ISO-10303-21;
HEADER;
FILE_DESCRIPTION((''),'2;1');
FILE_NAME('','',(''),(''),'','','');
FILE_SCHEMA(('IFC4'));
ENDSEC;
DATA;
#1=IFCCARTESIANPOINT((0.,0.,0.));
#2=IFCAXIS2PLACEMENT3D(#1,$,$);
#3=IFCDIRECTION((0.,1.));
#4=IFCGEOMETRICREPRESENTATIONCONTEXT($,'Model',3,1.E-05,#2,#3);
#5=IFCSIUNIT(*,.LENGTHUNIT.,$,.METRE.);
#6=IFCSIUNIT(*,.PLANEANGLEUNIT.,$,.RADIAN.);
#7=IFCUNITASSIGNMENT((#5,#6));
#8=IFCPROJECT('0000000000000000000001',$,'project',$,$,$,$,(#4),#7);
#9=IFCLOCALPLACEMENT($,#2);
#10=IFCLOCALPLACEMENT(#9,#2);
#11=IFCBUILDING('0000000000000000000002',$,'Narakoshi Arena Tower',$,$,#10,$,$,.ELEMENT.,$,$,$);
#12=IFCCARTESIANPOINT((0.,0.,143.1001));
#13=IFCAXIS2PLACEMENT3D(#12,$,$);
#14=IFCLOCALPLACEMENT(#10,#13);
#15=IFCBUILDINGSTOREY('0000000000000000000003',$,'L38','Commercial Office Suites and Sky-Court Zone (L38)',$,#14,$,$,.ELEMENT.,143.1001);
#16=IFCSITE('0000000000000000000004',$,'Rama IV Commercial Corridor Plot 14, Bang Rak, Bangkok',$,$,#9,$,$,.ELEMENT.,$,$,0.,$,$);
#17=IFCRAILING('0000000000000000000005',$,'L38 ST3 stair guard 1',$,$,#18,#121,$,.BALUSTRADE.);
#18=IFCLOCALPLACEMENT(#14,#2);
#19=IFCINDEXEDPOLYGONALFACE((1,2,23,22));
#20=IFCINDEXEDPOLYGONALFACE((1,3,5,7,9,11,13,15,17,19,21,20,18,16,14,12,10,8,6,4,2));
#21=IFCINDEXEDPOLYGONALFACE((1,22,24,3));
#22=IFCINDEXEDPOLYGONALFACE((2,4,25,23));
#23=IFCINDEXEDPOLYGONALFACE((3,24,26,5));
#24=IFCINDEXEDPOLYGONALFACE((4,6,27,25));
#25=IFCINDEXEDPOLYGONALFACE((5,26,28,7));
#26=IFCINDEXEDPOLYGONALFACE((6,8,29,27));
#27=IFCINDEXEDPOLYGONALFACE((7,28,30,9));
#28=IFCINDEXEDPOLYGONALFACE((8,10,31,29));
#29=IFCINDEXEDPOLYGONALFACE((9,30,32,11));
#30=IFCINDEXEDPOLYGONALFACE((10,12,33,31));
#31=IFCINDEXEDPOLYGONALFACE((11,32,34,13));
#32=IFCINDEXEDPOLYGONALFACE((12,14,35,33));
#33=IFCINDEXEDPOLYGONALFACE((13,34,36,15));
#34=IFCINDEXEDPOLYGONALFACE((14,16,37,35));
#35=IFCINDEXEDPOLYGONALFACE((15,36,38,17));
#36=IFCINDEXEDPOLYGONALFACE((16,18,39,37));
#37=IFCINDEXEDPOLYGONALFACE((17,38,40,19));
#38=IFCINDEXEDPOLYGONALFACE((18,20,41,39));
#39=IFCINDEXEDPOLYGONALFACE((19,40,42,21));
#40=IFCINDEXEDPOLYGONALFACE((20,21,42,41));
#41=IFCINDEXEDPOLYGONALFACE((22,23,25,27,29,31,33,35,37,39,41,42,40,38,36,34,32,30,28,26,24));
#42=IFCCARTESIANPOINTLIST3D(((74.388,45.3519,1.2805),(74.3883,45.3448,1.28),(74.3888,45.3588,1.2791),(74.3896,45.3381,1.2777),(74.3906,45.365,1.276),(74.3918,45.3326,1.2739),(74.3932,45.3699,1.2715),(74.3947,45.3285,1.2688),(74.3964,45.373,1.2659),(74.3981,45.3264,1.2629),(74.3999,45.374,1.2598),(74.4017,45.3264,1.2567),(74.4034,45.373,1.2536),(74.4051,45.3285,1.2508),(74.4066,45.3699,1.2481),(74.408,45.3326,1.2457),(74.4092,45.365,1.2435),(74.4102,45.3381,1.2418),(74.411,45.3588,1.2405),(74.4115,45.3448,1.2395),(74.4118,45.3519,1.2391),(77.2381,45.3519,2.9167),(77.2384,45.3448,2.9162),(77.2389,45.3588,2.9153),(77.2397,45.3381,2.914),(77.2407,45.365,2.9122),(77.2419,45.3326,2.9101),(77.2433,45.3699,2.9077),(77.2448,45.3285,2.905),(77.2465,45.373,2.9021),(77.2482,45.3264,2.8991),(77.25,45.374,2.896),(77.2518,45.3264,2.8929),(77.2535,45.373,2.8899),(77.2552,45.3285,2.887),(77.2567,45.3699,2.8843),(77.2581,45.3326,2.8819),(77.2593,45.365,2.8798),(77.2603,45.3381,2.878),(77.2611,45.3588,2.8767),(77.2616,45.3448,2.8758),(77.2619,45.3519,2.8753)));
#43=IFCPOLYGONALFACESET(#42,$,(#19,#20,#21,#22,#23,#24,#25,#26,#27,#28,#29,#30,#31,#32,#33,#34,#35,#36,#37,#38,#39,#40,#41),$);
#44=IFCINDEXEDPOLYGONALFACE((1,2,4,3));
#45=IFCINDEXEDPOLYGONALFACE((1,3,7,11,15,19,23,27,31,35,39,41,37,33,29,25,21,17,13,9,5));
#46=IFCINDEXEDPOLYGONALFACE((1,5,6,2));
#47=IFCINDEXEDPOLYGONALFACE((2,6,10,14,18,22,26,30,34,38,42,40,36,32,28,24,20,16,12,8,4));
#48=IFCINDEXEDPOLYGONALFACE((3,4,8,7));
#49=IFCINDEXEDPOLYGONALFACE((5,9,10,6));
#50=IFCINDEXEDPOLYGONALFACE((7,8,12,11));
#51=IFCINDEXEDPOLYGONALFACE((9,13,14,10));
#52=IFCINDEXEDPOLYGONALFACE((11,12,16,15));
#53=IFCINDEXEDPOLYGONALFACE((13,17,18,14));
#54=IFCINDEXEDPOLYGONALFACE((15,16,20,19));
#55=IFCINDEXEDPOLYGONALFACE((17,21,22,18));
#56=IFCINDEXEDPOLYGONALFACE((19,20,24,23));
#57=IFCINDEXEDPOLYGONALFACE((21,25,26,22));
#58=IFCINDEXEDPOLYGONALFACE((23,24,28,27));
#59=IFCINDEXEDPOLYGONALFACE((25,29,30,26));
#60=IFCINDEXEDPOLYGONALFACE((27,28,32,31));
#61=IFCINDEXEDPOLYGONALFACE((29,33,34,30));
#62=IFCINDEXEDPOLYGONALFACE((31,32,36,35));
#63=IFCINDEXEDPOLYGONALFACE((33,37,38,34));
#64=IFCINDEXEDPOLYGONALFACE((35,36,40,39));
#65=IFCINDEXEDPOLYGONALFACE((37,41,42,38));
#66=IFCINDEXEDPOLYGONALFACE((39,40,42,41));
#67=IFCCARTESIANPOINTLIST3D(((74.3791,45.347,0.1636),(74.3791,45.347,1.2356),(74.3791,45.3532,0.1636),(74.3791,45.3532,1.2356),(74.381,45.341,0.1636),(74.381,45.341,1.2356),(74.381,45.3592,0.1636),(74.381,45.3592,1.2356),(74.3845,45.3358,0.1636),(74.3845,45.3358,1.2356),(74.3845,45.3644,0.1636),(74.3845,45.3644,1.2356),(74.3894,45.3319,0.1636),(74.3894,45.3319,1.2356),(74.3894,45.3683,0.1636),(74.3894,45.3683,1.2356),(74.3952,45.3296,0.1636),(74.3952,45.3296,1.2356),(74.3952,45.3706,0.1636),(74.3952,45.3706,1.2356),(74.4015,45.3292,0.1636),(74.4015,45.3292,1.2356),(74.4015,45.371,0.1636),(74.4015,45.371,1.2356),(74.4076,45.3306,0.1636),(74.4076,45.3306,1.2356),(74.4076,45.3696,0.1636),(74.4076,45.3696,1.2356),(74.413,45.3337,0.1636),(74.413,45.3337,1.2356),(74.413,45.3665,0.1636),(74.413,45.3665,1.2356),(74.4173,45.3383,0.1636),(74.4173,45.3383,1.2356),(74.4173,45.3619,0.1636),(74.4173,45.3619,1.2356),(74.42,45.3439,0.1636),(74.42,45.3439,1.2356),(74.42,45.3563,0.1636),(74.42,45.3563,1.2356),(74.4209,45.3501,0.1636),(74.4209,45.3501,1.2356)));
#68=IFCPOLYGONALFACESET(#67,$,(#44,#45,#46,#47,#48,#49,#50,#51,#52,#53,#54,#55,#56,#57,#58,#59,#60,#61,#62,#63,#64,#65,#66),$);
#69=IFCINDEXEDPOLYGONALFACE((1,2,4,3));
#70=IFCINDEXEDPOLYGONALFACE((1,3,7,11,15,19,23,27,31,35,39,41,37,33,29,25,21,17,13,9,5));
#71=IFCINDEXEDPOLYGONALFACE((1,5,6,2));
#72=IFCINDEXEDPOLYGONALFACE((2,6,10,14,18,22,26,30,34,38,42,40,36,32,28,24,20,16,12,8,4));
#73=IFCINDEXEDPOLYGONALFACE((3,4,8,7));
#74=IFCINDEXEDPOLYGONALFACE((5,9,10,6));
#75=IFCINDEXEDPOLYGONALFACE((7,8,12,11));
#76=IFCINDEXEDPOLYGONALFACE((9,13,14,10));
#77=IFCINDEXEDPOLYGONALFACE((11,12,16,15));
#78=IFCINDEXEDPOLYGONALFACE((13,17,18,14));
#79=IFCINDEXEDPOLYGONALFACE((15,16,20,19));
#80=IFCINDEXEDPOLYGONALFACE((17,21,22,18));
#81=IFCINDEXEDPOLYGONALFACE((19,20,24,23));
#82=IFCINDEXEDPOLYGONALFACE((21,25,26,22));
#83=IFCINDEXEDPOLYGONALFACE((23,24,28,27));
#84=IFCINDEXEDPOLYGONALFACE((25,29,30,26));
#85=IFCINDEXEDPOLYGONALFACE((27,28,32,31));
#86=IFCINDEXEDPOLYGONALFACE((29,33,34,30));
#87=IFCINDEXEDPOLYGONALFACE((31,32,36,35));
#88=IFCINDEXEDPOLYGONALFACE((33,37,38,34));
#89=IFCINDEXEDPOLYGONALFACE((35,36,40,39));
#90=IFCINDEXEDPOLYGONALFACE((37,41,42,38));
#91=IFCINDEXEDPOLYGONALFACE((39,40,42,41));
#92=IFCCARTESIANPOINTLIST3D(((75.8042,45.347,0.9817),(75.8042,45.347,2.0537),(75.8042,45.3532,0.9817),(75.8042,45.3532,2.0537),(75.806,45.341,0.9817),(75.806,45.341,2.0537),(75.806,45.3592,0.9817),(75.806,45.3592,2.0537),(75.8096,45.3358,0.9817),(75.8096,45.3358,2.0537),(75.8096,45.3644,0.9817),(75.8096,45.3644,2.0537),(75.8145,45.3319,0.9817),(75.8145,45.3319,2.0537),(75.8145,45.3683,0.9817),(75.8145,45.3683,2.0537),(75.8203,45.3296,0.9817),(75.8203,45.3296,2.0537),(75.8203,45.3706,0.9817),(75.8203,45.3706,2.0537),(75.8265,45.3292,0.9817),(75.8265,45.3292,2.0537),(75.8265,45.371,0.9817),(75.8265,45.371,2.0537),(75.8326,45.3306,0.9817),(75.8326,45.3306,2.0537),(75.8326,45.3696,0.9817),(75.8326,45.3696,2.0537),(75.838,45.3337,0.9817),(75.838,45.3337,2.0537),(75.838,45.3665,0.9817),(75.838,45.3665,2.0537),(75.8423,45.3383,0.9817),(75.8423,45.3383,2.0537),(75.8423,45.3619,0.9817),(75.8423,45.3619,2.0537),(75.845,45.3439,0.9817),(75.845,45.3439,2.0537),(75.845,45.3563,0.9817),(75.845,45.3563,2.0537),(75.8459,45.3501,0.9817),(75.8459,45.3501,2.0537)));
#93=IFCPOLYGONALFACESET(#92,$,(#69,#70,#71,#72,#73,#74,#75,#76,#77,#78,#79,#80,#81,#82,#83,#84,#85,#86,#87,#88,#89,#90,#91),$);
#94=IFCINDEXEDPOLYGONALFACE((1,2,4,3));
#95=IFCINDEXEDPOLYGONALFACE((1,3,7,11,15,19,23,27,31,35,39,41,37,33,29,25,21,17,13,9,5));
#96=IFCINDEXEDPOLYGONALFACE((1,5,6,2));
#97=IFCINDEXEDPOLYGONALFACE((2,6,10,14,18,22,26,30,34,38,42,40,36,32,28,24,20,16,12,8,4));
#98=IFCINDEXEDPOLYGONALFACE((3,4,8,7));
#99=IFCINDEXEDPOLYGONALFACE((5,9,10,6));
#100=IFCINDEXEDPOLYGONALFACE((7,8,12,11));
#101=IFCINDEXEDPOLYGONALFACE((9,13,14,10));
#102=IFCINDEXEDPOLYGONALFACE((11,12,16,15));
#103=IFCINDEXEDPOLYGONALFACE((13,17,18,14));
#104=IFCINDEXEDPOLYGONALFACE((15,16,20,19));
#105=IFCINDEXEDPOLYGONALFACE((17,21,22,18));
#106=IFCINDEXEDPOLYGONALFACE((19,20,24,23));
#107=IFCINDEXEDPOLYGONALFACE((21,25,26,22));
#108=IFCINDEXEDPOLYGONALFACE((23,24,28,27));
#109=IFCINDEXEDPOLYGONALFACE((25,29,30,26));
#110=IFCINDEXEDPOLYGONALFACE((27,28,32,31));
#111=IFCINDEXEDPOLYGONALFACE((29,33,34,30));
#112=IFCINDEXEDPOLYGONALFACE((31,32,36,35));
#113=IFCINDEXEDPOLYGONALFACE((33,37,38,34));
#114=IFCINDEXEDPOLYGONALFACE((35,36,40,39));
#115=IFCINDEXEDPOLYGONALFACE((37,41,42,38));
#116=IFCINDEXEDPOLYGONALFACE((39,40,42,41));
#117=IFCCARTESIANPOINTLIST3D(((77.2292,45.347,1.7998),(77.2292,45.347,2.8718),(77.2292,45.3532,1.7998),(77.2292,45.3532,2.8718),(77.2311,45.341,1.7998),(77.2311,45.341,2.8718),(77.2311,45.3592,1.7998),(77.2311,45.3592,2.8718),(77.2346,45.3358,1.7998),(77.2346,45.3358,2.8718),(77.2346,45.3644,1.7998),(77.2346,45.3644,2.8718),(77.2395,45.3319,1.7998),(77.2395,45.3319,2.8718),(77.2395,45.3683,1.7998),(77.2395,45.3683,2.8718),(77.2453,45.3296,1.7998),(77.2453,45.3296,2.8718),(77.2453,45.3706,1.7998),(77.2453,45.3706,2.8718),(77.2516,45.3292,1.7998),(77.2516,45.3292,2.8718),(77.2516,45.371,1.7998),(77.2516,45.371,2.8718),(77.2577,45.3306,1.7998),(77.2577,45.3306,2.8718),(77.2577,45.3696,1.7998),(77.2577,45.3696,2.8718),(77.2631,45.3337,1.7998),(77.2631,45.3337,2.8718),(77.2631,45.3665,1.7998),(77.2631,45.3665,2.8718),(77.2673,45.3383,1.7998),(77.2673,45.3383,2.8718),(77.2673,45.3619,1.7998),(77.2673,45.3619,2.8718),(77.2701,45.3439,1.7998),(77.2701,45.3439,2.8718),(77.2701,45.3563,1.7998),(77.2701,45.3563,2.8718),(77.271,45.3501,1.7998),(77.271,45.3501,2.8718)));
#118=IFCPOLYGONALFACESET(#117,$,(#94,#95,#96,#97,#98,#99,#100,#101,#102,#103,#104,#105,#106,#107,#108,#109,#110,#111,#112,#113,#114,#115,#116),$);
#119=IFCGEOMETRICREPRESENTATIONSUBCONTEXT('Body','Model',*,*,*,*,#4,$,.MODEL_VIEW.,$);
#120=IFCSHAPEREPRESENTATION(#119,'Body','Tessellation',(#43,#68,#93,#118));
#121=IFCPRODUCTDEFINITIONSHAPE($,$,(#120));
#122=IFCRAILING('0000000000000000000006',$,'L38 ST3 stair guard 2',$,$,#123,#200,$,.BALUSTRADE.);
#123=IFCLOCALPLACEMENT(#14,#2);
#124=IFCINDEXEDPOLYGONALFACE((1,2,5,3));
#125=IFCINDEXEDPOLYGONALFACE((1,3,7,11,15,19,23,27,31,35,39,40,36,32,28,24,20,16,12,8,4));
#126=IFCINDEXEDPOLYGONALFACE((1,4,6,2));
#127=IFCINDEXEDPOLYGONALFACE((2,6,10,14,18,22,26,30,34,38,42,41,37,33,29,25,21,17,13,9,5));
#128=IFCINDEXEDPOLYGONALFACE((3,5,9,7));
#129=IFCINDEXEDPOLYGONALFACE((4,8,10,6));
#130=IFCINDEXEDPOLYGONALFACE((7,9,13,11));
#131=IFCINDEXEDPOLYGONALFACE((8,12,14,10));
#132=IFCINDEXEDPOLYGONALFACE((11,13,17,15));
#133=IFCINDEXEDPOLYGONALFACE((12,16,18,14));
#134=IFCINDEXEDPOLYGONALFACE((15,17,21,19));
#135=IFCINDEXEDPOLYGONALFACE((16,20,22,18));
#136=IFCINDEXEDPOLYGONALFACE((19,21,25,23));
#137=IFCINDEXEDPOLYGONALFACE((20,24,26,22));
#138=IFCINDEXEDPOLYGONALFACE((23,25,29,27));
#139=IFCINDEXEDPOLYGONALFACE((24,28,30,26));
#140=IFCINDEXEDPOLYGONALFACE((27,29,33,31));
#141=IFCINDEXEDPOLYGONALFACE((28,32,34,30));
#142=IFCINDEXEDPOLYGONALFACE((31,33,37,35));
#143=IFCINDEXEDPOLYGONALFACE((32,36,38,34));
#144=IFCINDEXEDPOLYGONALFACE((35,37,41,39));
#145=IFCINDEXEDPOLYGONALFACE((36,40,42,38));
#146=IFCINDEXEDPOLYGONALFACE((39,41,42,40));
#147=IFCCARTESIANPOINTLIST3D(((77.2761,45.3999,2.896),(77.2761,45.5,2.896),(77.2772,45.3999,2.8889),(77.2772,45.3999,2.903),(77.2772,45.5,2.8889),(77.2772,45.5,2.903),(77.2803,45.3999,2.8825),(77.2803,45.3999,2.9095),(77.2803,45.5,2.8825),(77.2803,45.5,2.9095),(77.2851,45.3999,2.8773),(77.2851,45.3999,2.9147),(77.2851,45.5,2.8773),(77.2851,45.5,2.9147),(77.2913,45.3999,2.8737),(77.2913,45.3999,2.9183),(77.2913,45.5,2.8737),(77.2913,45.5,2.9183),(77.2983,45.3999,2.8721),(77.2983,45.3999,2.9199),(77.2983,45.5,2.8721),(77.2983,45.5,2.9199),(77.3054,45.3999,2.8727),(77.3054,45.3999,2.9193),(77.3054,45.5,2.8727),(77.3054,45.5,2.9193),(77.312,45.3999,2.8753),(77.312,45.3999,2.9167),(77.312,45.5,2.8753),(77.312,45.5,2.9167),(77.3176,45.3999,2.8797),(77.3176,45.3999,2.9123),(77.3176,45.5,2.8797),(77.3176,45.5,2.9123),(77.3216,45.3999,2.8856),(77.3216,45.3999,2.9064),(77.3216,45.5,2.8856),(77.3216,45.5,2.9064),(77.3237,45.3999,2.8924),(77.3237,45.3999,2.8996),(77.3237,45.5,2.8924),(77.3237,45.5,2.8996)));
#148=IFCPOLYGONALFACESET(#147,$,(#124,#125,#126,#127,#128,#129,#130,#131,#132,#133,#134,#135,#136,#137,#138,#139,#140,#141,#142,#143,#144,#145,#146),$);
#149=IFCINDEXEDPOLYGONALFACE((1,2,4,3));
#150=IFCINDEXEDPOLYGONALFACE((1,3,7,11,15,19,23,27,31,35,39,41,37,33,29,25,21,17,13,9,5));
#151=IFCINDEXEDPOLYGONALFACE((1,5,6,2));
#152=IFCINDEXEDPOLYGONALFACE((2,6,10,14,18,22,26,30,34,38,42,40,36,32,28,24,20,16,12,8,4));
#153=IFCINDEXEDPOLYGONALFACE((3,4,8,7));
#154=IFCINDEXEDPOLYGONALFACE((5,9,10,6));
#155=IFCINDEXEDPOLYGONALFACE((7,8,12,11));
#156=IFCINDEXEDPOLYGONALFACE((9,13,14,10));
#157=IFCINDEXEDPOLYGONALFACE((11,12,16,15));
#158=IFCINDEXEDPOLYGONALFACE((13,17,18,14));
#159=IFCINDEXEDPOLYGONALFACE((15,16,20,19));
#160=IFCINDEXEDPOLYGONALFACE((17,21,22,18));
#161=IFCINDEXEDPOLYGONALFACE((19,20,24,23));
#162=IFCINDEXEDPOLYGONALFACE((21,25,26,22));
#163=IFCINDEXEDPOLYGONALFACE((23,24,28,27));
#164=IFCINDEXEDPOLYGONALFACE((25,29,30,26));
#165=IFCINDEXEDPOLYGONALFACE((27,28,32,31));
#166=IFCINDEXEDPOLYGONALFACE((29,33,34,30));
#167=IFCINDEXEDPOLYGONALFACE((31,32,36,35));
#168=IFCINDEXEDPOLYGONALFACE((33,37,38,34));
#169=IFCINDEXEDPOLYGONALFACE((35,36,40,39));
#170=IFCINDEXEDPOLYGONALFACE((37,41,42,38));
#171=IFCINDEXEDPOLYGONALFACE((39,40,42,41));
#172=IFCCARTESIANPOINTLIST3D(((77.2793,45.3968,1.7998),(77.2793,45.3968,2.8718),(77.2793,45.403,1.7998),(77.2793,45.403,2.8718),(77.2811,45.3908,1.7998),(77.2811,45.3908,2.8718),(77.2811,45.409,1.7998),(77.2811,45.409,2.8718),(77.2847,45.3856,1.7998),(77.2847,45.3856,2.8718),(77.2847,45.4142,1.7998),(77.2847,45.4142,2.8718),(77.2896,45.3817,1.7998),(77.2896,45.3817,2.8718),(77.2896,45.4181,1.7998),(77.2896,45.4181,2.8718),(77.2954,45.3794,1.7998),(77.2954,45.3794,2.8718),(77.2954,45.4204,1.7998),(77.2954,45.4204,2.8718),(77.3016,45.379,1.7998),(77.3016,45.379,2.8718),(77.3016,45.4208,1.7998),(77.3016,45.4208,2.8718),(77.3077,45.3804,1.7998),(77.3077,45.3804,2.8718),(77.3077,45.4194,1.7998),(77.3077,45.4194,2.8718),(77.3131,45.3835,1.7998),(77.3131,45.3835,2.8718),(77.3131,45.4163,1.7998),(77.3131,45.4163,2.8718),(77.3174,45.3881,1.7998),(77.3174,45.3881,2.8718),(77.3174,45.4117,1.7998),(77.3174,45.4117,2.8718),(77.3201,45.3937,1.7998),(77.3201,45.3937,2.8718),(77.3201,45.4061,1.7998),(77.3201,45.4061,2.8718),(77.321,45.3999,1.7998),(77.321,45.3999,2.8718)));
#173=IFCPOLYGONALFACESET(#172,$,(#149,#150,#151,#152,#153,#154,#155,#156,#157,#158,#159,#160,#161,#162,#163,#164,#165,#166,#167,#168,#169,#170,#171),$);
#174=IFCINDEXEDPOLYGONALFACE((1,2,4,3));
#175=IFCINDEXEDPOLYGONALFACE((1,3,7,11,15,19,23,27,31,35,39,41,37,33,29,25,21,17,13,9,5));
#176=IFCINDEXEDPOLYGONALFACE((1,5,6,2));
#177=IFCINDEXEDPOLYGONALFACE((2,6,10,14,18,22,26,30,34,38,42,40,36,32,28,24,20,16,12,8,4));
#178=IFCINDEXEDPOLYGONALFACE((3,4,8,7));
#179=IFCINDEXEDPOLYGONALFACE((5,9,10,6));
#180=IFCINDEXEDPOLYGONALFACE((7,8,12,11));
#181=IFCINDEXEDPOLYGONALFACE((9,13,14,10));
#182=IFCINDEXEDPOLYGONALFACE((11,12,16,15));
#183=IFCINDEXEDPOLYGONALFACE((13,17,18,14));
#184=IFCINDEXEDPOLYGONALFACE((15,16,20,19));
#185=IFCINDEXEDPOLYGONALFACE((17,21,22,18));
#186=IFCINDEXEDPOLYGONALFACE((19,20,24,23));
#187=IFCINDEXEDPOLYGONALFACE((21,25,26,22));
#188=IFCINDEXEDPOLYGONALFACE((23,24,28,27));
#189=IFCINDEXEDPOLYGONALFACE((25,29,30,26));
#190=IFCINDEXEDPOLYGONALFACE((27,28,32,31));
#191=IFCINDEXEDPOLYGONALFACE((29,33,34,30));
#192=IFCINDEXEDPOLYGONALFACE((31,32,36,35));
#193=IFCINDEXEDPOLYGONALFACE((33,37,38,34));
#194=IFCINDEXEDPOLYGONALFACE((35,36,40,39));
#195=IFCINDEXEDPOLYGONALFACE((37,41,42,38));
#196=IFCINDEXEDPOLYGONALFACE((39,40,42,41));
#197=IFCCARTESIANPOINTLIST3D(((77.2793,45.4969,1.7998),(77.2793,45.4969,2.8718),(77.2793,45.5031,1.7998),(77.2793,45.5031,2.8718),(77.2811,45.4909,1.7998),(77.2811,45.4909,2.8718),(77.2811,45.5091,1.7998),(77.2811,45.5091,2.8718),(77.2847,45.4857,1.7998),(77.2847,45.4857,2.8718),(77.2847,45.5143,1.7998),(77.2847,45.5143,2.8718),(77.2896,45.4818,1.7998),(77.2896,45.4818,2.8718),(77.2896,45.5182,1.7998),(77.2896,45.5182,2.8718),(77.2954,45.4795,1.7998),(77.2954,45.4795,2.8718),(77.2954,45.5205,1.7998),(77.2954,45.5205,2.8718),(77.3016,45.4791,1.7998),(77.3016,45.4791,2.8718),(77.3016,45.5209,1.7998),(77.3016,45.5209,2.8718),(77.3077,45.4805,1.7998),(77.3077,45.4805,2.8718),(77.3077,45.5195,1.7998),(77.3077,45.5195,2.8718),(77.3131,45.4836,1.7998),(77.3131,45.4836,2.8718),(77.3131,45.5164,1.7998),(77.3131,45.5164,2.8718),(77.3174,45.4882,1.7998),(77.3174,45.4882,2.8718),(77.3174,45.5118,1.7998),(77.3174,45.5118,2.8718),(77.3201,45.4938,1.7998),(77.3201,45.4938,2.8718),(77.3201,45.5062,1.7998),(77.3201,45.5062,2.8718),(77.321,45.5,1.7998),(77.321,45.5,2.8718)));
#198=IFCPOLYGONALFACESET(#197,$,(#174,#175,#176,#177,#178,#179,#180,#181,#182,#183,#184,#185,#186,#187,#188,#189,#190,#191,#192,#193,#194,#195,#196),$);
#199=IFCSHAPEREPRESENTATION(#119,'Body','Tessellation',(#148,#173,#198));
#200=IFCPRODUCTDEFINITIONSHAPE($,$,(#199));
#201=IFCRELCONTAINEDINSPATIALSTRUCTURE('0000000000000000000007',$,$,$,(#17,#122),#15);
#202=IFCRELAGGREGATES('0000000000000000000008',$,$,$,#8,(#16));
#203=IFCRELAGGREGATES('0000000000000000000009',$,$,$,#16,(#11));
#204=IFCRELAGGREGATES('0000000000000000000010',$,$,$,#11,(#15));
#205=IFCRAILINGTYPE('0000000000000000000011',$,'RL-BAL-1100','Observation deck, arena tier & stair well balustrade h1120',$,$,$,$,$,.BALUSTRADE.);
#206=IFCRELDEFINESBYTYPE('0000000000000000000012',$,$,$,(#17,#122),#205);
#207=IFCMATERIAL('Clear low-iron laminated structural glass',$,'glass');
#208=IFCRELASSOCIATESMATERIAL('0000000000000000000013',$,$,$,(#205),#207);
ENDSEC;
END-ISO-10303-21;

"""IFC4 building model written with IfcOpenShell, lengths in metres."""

from ifc_helpers import new_model, si_unit, direction, frame, origin, origin_2d, place, context, subcontext, project, spatial, circle, extrude, material, type_object, element, save


model = new_model("IFC4")

# Units and contexts
model_context = context("Model", 3, precision=1e-05, world=origin(), true_north=direction((0.0, 1.0)))
body_context = subcontext(model_context, "Body", "Model", "MODEL_VIEW")
ifc_project = project(units=[si_unit("LENGTHUNIT", "METRE"), si_unit("PLANEANGLEUNIT", "RADIAN")], contexts=[model_context])

# Site, building, storey
site_placement = place(None, origin())
site = spatial("IfcSite", under=ifc_project, at=site_placement, Name="Rama IV Commercial Corridor Plot 14, Bang Rak, Bangkok", CompositionType="ELEMENT", RefElevation=0.0)
building_placement = place(site_placement, origin())
building = spatial("IfcBuilding", under=site, at=building_placement, Name="Narakoshi Arena Tower", CompositionType="ELEMENT")
storey_placement = place(building_placement, frame((0.0, 0.0, 143.1001)))
storey = spatial("IfcBuildingStorey", under=building, at=storey_placement, Name="L38", Description="Commercial Office Suites and Sky-Court Zone (L38)", CompositionType="ELEMENT", Elevation=143.1001)

# Railings
ifc_material_1 = material(Name="Clear low-iron laminated structural glass", Category="glass")
railing_type_1 = type_object("IfcRailingType", Name="RL-BAL-1100", Description="Observation deck, arena tier & stair well balustrade h1120", PredefinedType="BALUSTRADE", material=ifc_material_1)
railing_1_placement = place(storey_placement, frame((74.3999, 45.3501, 0.1636)))
element("IfcRailing", 1, at=railing_1_placement, inside=storey, type_object=railing_type_1, Name="L38 ST3 stair guard 1", PredefinedType="BALUSTRADE", context=body_context, shape_type="SweptSolid", body=[
    extrude(circle(Radius=0.0239, at=origin_2d()), frame((0.0, 0.0, 1.0962), z_axis=(0.867245, 0.0, 0.497882), x_axis=(0.0, 1.0, 0.0)), (0.0, 0.0, 1.0), 3.2864),
    extrude(circle(Radius=0.021, at=origin_2d()), origin(), (0.0, 0.0, 1.0), 1.072),
    extrude(circle(Radius=0.021, at=origin_2d()), frame((1.425, 0.0, 0.8181)), (0.0, 0.0, 1.0), 1.072),
    extrude(circle(Radius=0.021, at=origin_2d()), frame((2.8501, 0.0, 1.6362)), (0.0, 0.0, 1.0), 1.072),
])
railing_2_placement = place(storey_placement, frame((77.3, 45.3999, 1.7998)))
element("IfcRailing", 2, at=railing_2_placement, inside=storey, type_object=railing_type_1, Name="L38 ST3 stair guard 2", PredefinedType="BALUSTRADE", context=body_context, shape_type="SweptSolid", body=[
    extrude(circle(Radius=0.0239, at=origin_2d()), frame((0.0, 0.0, 1.0962), z_axis=(0.0, 1.0, 0.0), x_axis=(-1.0, 0.0, 0.0)), (0.0, 0.0, 1.0), 0.1001),
    extrude(circle(Radius=0.021, at=origin_2d()), origin(), (0.0, 0.0, 1.0), 1.072),
    extrude(circle(Radius=0.021, at=origin_2d()), frame((0.0, 0.1001, 0.0)), (0.0, 0.0, 1.0), 1.072),
])

save(model, "model.ifc")
